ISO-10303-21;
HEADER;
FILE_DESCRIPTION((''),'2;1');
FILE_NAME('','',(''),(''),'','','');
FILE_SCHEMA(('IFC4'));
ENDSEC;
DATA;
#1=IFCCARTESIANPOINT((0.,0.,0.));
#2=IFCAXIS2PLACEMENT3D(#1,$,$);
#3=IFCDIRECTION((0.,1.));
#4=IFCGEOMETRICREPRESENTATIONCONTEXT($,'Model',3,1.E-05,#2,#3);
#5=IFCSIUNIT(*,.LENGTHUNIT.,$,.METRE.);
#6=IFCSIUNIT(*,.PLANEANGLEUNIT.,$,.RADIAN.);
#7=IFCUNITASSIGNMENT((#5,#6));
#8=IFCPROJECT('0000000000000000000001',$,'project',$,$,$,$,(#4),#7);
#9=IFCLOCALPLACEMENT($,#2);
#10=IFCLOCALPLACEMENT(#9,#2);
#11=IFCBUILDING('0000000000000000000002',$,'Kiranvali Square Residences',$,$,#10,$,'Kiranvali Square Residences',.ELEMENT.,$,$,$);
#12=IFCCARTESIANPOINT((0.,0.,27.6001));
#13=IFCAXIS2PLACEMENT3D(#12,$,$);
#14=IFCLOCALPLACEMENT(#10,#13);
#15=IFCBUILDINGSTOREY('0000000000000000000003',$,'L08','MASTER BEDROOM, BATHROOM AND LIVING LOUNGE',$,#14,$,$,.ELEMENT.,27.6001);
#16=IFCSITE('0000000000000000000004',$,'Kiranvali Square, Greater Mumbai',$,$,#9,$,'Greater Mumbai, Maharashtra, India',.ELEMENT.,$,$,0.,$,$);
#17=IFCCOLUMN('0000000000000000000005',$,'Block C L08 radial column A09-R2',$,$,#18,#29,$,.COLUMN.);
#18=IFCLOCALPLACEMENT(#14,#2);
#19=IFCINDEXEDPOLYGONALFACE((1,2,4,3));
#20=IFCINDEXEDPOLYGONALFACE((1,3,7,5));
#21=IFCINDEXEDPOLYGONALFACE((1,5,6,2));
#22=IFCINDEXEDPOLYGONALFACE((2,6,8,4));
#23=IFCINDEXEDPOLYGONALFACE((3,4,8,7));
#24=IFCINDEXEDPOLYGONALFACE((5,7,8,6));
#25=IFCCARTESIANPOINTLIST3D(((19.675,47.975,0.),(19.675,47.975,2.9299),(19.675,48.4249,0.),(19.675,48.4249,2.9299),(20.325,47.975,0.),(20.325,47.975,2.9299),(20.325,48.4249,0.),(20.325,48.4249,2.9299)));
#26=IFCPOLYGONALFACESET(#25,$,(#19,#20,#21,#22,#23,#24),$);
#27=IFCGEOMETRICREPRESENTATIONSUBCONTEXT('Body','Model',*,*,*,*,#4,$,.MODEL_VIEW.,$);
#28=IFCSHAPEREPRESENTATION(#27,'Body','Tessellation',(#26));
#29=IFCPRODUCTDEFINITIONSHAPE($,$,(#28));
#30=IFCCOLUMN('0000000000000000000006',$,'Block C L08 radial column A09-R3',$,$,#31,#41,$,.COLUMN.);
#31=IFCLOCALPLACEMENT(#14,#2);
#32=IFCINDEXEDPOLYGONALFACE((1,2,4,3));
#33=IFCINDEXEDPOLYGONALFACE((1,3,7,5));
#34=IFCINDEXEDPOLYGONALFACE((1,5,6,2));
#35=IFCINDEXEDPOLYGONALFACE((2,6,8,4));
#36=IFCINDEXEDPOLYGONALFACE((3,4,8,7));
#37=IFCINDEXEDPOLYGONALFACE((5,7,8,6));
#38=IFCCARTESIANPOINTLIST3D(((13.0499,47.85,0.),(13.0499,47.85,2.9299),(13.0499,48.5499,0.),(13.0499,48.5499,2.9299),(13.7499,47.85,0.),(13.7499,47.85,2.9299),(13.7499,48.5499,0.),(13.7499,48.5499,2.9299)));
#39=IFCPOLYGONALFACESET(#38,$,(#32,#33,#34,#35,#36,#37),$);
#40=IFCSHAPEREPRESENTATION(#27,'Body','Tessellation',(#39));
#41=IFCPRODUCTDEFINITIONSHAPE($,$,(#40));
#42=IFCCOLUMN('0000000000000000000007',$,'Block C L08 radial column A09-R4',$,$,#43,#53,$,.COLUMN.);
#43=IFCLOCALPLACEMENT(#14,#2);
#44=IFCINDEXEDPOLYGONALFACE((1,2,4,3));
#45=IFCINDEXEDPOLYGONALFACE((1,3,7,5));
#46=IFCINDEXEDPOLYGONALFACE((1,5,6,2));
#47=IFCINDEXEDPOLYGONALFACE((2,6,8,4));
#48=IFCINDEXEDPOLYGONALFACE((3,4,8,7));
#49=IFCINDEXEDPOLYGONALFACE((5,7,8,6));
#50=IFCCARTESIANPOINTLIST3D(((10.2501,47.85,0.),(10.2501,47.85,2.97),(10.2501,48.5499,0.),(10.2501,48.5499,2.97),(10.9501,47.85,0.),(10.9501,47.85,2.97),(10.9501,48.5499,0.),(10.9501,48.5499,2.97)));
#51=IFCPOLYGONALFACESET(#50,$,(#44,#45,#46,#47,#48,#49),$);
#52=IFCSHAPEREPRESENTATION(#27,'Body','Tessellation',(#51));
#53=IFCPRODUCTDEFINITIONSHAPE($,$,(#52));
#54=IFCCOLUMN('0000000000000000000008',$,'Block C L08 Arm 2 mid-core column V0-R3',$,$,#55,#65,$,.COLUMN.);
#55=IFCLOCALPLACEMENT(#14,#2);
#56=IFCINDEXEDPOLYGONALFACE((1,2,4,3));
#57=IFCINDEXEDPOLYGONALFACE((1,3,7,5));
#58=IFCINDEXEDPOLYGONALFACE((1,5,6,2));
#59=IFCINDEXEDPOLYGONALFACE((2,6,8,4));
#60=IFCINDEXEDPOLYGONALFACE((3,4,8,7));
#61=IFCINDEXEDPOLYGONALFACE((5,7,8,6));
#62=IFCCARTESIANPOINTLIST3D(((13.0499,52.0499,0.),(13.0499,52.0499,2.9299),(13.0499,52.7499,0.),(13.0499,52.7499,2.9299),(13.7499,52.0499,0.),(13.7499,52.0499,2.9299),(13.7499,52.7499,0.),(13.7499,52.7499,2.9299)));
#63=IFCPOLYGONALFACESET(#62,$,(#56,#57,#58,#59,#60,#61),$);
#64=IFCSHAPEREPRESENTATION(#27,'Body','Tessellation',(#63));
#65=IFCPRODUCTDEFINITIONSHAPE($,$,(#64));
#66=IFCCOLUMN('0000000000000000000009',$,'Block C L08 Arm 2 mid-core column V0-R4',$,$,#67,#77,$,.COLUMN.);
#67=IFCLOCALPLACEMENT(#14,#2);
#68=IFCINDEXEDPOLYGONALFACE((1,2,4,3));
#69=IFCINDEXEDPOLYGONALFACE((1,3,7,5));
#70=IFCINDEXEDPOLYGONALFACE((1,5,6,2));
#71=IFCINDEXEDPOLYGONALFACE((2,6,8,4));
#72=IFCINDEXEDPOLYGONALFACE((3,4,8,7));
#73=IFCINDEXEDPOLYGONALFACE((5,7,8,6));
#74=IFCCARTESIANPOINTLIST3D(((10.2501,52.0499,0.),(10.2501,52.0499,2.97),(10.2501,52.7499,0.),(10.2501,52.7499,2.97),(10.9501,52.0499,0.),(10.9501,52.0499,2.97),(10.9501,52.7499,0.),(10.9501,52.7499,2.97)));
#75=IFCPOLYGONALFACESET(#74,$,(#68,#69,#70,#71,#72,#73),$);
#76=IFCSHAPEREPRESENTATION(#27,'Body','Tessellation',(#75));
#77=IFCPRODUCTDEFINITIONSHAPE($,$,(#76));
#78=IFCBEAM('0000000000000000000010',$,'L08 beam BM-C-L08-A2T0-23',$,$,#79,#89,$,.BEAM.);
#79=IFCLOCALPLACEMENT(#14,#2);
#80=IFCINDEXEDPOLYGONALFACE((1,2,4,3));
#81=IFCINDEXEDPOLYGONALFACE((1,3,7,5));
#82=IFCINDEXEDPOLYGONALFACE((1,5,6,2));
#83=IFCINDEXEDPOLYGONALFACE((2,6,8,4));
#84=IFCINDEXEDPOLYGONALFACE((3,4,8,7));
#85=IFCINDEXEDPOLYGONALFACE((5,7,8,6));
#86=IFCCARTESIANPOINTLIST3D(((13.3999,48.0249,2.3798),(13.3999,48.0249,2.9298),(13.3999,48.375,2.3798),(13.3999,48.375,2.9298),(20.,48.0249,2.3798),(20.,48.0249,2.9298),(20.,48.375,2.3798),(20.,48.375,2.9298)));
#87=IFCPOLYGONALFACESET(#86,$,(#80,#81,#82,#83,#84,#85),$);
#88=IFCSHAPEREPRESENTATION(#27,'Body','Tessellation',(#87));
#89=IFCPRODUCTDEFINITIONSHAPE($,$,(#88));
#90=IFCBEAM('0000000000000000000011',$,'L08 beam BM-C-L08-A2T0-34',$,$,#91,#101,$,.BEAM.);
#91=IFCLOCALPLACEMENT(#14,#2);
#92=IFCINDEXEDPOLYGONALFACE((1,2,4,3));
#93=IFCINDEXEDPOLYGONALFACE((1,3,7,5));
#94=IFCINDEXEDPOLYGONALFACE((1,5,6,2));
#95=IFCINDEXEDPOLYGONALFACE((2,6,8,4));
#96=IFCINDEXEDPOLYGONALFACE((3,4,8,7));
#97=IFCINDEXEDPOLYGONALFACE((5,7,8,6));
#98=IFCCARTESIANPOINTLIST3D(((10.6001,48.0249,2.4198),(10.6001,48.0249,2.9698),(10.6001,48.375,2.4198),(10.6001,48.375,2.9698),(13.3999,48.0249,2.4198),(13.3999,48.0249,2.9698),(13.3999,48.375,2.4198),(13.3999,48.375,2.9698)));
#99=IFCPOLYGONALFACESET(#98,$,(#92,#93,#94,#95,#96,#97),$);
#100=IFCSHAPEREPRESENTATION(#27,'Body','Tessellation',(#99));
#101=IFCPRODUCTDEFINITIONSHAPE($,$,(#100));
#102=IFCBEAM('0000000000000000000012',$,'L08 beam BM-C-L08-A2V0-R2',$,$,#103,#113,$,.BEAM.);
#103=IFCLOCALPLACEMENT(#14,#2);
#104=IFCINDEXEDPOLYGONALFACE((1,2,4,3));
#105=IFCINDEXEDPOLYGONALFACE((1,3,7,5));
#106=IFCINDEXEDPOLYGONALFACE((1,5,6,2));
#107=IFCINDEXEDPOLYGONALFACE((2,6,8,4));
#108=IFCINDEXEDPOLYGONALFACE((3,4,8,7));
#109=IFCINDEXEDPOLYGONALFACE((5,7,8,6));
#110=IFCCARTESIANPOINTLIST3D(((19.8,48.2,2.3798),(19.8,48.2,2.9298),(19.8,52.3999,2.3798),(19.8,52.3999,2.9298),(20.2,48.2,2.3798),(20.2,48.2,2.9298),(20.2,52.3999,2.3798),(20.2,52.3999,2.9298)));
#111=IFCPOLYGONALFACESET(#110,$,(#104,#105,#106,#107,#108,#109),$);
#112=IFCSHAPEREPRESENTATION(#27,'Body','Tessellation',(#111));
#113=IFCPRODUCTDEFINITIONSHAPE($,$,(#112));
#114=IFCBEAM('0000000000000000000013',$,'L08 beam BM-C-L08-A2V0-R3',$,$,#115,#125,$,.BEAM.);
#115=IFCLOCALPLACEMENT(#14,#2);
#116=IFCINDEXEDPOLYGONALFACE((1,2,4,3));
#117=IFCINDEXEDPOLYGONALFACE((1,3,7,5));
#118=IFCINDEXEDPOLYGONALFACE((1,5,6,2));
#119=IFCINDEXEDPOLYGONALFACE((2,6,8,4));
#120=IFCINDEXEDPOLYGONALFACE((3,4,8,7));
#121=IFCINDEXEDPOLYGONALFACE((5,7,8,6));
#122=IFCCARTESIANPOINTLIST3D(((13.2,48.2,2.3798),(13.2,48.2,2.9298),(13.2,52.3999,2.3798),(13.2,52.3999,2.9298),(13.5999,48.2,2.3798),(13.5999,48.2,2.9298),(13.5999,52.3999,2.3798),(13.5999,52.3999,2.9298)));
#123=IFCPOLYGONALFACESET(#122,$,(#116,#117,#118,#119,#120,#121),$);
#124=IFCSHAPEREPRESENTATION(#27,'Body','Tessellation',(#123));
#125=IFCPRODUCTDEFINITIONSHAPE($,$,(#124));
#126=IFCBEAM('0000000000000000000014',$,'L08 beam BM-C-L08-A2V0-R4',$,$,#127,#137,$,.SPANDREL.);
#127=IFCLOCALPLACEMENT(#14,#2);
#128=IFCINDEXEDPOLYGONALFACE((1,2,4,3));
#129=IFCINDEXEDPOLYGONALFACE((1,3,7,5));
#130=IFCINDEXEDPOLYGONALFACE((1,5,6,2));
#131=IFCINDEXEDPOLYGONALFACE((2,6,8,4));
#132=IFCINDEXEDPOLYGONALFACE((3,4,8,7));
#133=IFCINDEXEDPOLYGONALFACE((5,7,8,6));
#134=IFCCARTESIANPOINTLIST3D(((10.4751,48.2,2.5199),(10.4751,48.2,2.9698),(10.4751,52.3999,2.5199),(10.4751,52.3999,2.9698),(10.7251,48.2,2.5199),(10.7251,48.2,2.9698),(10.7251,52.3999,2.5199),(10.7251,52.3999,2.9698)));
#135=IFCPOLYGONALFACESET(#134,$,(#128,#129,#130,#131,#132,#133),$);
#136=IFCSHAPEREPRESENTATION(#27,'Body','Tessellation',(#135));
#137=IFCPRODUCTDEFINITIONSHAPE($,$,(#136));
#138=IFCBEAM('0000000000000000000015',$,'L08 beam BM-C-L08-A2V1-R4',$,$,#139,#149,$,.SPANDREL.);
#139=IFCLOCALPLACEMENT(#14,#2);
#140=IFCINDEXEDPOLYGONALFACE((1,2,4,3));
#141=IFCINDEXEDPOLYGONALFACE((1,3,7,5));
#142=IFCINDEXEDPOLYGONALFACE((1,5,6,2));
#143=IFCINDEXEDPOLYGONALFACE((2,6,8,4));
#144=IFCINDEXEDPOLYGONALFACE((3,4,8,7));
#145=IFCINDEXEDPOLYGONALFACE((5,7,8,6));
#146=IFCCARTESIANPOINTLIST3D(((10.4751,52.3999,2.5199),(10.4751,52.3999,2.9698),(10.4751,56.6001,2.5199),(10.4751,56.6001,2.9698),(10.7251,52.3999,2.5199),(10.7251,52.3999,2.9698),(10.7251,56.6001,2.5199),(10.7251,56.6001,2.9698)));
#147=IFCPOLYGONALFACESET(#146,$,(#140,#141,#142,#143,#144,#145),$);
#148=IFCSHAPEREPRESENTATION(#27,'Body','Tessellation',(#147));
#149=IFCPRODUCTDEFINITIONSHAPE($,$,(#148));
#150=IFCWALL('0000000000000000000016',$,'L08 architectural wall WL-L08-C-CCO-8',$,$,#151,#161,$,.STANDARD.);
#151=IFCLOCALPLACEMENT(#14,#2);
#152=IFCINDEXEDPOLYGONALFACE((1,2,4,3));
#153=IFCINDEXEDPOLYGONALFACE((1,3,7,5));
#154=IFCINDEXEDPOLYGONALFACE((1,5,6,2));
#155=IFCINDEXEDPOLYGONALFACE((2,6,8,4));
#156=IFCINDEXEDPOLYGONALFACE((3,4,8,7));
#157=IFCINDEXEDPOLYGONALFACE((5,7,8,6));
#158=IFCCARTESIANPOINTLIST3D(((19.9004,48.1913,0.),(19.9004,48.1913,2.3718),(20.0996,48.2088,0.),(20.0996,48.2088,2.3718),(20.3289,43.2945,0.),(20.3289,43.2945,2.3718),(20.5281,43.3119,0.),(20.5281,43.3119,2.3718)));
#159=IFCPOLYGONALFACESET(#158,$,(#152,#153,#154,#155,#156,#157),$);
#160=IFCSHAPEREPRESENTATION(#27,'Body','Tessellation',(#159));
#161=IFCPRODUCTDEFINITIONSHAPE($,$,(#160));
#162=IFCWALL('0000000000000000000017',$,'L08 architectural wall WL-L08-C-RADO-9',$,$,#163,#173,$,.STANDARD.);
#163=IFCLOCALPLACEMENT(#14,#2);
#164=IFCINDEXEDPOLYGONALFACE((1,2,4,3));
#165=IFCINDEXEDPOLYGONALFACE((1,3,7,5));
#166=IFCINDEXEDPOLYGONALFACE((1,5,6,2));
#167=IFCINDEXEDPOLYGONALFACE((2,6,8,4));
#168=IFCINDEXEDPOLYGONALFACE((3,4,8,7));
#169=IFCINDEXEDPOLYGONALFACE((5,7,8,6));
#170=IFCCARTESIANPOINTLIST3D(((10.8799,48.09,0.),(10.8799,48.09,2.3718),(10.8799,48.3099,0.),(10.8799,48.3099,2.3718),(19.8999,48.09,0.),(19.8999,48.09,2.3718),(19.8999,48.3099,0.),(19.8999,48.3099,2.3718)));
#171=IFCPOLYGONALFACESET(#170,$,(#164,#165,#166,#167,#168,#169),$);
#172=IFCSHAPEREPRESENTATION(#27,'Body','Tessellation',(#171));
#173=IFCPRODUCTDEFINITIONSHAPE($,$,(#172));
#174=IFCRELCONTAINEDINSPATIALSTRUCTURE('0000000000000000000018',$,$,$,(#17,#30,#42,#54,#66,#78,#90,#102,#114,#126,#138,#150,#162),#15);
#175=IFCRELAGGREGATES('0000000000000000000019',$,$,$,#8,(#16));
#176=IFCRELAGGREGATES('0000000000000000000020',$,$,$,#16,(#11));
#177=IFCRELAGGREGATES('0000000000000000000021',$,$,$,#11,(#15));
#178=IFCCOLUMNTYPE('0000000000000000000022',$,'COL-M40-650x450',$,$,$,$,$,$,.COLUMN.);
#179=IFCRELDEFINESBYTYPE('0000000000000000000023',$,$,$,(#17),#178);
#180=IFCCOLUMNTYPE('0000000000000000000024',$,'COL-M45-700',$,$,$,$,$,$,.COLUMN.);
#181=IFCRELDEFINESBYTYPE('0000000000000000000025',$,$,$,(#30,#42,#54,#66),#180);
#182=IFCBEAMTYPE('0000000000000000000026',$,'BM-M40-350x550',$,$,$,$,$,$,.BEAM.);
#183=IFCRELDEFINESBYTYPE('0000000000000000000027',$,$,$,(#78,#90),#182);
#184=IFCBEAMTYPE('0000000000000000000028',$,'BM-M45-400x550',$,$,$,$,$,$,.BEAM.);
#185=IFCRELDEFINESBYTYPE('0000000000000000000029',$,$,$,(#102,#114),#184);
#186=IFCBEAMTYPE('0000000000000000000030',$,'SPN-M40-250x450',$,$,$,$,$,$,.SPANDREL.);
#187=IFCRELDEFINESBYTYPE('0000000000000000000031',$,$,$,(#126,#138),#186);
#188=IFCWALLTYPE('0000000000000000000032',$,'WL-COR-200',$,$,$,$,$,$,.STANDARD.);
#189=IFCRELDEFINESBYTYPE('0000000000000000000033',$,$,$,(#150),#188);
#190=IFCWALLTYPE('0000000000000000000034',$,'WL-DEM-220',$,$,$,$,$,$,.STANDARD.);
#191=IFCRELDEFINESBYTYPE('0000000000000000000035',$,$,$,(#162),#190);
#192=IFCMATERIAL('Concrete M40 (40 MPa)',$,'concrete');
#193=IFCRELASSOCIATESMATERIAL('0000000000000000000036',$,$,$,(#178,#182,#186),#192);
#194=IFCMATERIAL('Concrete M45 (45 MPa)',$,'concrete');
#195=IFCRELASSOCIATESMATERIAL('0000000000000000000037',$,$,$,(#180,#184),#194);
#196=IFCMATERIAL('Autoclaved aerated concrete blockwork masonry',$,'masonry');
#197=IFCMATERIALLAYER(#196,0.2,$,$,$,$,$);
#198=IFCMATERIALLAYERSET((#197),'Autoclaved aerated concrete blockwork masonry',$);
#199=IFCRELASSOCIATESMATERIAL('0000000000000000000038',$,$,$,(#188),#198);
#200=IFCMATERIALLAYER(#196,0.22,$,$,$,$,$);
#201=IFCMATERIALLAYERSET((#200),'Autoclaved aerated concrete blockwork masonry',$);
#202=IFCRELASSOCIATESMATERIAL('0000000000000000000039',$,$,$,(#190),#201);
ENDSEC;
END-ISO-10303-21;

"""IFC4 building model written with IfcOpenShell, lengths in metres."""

from ifc_helpers import new_model, si_unit, direction, frame, frame_2d, origin, origin_2d, place, context, subcontext, project, spatial, rectangle, extrude, material, layer, layer_set, material_profile, profile_set, type_object, element, save


model = new_model("IFC4")

# Units and contexts
model_context = context("Model", 3, precision=1e-05, world=origin(), true_north=direction((0.0, 1.0)))
body_context = subcontext(model_context, "Body", "Model", "MODEL_VIEW")
ifc_project = project(units=[si_unit("LENGTHUNIT", "METRE"), si_unit("PLANEANGLEUNIT", "RADIAN")], contexts=[model_context])

# Site, building, storey
site_placement = place(None, origin())
site = spatial("IfcSite", under=ifc_project, at=site_placement, Name="Kiranvali Square, Greater Mumbai", LongName="Greater Mumbai, Maharashtra, India", CompositionType="ELEMENT", RefElevation=0.0)
building_placement = place(site_placement, origin())
building = spatial("IfcBuilding", under=site, at=building_placement, Name="Kiranvali Square Residences", LongName="Kiranvali Square Residences", CompositionType="ELEMENT")
storey_placement = place(building_placement, frame((0.0, 0.0, 27.6001)))
storey = spatial("IfcBuildingStorey", under=building, at=storey_placement, Name="L08", Description="MASTER BEDROOM, BATHROOM AND LIVING LOUNGE", CompositionType="ELEMENT", Elevation=27.6001)

# Columns
ifc_material_1 = material(Name="Concrete M40 (40 MPa)", Category="concrete")
ifc_material_profile_1 = material_profile(ifc_material_1, rectangle(XDim=0.45, YDim=0.6499, at=origin_2d()), Name="RC 650x450")
ifc_profile_set_1 = profile_set([ifc_material_profile_1], Name="Concrete M40 (40 MPa)")
column_type_1 = type_object("IfcColumnType", Name="COL-M40-650x450", PredefinedType="COLUMN", material=ifc_profile_set_1)
column_1_placement = place(storey_placement, frame((20.0, 48.2, 0.0), z_axis=(0.0, 0.0, 1.0), x_axis=(0.0, 1.0, 0.0)))
element("IfcColumn", 1, at=column_1_placement, inside=storey, type_object=column_type_1, Name="Block C L08 radial column A09-R2", PredefinedType="COLUMN", context=body_context, shape_type="SweptSolid", body=[
    extrude(rectangle(XDim=0.45, YDim=0.6499, at=origin_2d()), origin(), (0.0, 0.0, 1.0), 2.9299),
])
ifc_material_2 = material(Name="Concrete M45 (45 MPa)", Category="concrete")
ifc_material_profile_2 = material_profile(ifc_material_2, rectangle(XDim=0.7, YDim=0.7, at=origin_2d()), Name="RC 700x700")
ifc_profile_set_2 = profile_set([ifc_material_profile_2], Name="Concrete M45 (45 MPa)")
column_type_2 = type_object("IfcColumnType", Name="COL-M45-700", PredefinedType="COLUMN", material=ifc_profile_set_2)
column_2_placement = place(storey_placement, frame((13.3999, 48.2, 0.0), z_axis=(0.0, 0.0, 1.0), x_axis=(0.0, 1.0, 0.0)))
element("IfcColumn", 2, at=column_2_placement, inside=storey, type_object=column_type_2, Name="Block C L08 radial column A09-R3", PredefinedType="COLUMN", context=body_context, shape_type="SweptSolid", body=[
    extrude(rectangle(XDim=0.7, YDim=0.7, at=origin_2d()), origin(), (0.0, 0.0, 1.0), 2.9299),
])
column_3_placement = place(storey_placement, frame((10.6001, 48.2, 0.0), z_axis=(0.0, 0.0, 1.0), x_axis=(0.0, 1.0, 0.0)))
element("IfcColumn", 3, at=column_3_placement, inside=storey, type_object=column_type_2, Name="Block C L08 radial column A09-R4", PredefinedType="COLUMN", context=body_context, shape_type="SweptSolid", body=[
    extrude(rectangle(XDim=0.7, YDim=0.7, at=origin_2d()), origin(), (0.0, 0.0, 1.0), 2.97),
])
column_4_placement = place(storey_placement, frame((13.3999, 52.3999, 0.0), z_axis=(0.0, 0.0, 1.0), x_axis=(1.0, 0.0, 0.0)))
element("IfcColumn", 4, at=column_4_placement, inside=storey, type_object=column_type_2, Name="Block C L08 Arm 2 mid-core column V0-R3", PredefinedType="COLUMN", context=body_context, shape_type="SweptSolid", body=[
    extrude(rectangle(XDim=0.7, YDim=0.7, at=origin_2d()), origin(), (0.0, 0.0, 1.0), 2.9299),
])
column_5_placement = place(storey_placement, frame((10.6001, 52.3999, 0.0), z_axis=(0.0, 0.0, 1.0), x_axis=(1.0, 0.0, 0.0)))
element("IfcColumn", 5, at=column_5_placement, inside=storey, type_object=column_type_2, Name="Block C L08 Arm 2 mid-core column V0-R4", PredefinedType="COLUMN", context=body_context, shape_type="SweptSolid", body=[
    extrude(rectangle(XDim=0.7, YDim=0.7, at=origin_2d()), origin(), (0.0, 0.0, 1.0), 2.97),
])

# Beams
ifc_material_profile_3 = material_profile(ifc_material_1, rectangle(XDim=0.3501, YDim=0.55, at=origin_2d()), Name="RC 350x550")
ifc_profile_set_3 = profile_set([ifc_material_profile_3], Name="Concrete M40 (40 MPa)")
beam_type_1 = type_object("IfcBeamType", Name="BM-M40-350x550", PredefinedType="BEAM", material=ifc_profile_set_3)
beam_1_placement = place(storey_placement, frame((20.0, 48.2, 2.6548), z_axis=(-1.0, 0.0, 0.0), x_axis=(0.0, -1.0, 0.0)))
element("IfcBeam", 6, at=beam_1_placement, inside=storey, type_object=beam_type_1, Name="L08 beam BM-C-L08-A2T0-23", PredefinedType="BEAM", context=body_context, shape_type="SweptSolid", body=[
    extrude(rectangle(XDim=0.3501, YDim=0.55, at=origin_2d()), origin(), (0.0, 0.0, 1.0), 6.6001),
])
beam_2_placement = place(storey_placement, frame((13.3999, 48.2, 2.6948), z_axis=(-1.0, 0.0, 0.0), x_axis=(0.0, -1.0, 0.0)))
element("IfcBeam", 7, at=beam_2_placement, inside=storey, type_object=beam_type_1, Name="L08 beam BM-C-L08-A2T0-34", PredefinedType="BEAM", context=body_context, shape_type="SweptSolid", body=[
    extrude(rectangle(XDim=0.3501, YDim=0.55, at=origin_2d()), origin(), (0.0, 0.0, 1.0), 2.7998),
])
ifc_material_profile_4 = material_profile(ifc_material_2, rectangle(XDim=0.3999, YDim=0.55, at=origin_2d()), Name="RC 400x550")
ifc_profile_set_4 = profile_set([ifc_material_profile_4], Name="Concrete M45 (45 MPa)")
beam_type_2 = type_object("IfcBeamType", Name="BM-M45-400x550", PredefinedType="BEAM", material=ifc_profile_set_4)
for number, where, z_axis, x_axis, name in (
    (8, (20.0, 48.2, 2.6548), (0.0, 1.0, 0.0), (-1.0, 0.0, 0.0), "L08 beam BM-C-L08-A2V0-R2"),
    (9, (13.3999, 48.2, 2.6548), (0.0, 1.0, 0.0), (-1.0, 0.0, 0.0), "L08 beam BM-C-L08-A2V0-R3"),
):
    element("IfcBeam", number, at=place(storey_placement, frame(where, z_axis=z_axis, x_axis=x_axis)), inside=storey, type_object=beam_type_2, Name=name, PredefinedType="BEAM", context=body_context, shape_type="SweptSolid", body=[
        extrude(rectangle(XDim=0.3999, YDim=0.55, at=origin_2d()), origin(), (0.0, 0.0, 1.0), 4.2),
    ])
ifc_material_profile_5 = material_profile(ifc_material_1, rectangle(XDim=0.25, YDim=0.45, at=origin_2d()), Name="RC 250x450")
ifc_profile_set_5 = profile_set([ifc_material_profile_5], Name="Concrete M40 (40 MPa)")
beam_type_3 = type_object("IfcBeamType", Name="SPN-M40-250x450", PredefinedType="SPANDREL", material=ifc_profile_set_5)
beam_3_placement = place(storey_placement, frame((10.6001, 48.2, 2.7449), z_axis=(0.0, 1.0, 0.0), x_axis=(-1.0, 0.0, 0.0)))
element("IfcBeam", 10, at=beam_3_placement, inside=storey, type_object=beam_type_3, Name="L08 beam BM-C-L08-A2V0-R4", PredefinedType="SPANDREL", context=body_context, shape_type="SweptSolid", body=[
    extrude(rectangle(XDim=0.25, YDim=0.45, at=origin_2d()), origin(), (0.0, 0.0, 1.0), 4.2),
])
beam_4_placement = place(storey_placement, frame((10.6001, 52.3999, 2.7449), z_axis=(0.0, 1.0, 0.0), x_axis=(-1.0, 0.0, 0.0)))
element("IfcBeam", 11, at=beam_4_placement, inside=storey, type_object=beam_type_3, Name="L08 beam BM-C-L08-A2V1-R4", PredefinedType="SPANDREL", context=body_context, shape_type="SweptSolid", body=[
    extrude(rectangle(XDim=0.25, YDim=0.45, at=origin_2d()), origin(), (0.0, 0.0, 1.0), 4.2002),
])

# Wall
ifc_material_3 = material(Name="Autoclaved aerated concrete blockwork masonry", Category="masonry")
ifc_layer_1 = layer(ifc_material_3, 0.2)
ifc_layer_set_1 = layer_set([ifc_layer_1], Name="Autoclaved aerated concrete blockwork masonry")
wall_type_1 = type_object("IfcWallType", Name="WL-COR-200", PredefinedType="STANDARD", material=ifc_layer_set_1)
wall_1_placement = place(storey_placement, frame((20.4285, 43.3032, 0.0), z_axis=(0.0, 0.0, 1.0), x_axis=(-0.087168, 0.996194, 0.0)))
element("IfcWall", 12, at=wall_1_placement, inside=storey, type_object=wall_type_1, Name="L08 architectural wall WL-L08-C-CCO-8", PredefinedType="STANDARD", context=body_context, shape_type="SweptSolid", body=[
    extrude(rectangle(XDim=4.9155, YDim=0.2, at=frame_2d((2.4578, 0.0))), origin(), (0.0, 0.0, 1.0), 2.3718),
])

# Wall
ifc_layer_2 = layer(ifc_material_3, 0.22)
ifc_layer_set_2 = layer_set([ifc_layer_2], Name="Autoclaved aerated concrete blockwork masonry")
wall_type_2 = type_object("IfcWallType", Name="WL-DEM-220", PredefinedType="STANDARD", material=ifc_layer_set_2)
wall_2_placement = place(storey_placement, frame((19.8999, 48.2, 0.0), z_axis=(0.0, 0.0, 1.0), x_axis=(-1.0, 0.0, 0.0)))
element("IfcWall", 13, at=wall_2_placement, inside=storey, type_object=wall_type_2, Name="L08 architectural wall WL-L08-C-RADO-9", PredefinedType="STANDARD", context=body_context, shape_type="SweptSolid", body=[
    extrude(rectangle(XDim=9.02, YDim=0.22, at=frame_2d((4.51, 0.0))), origin(), (0.0, 0.0, 1.0), 2.3718),
])

save(model, "model.ifc")
